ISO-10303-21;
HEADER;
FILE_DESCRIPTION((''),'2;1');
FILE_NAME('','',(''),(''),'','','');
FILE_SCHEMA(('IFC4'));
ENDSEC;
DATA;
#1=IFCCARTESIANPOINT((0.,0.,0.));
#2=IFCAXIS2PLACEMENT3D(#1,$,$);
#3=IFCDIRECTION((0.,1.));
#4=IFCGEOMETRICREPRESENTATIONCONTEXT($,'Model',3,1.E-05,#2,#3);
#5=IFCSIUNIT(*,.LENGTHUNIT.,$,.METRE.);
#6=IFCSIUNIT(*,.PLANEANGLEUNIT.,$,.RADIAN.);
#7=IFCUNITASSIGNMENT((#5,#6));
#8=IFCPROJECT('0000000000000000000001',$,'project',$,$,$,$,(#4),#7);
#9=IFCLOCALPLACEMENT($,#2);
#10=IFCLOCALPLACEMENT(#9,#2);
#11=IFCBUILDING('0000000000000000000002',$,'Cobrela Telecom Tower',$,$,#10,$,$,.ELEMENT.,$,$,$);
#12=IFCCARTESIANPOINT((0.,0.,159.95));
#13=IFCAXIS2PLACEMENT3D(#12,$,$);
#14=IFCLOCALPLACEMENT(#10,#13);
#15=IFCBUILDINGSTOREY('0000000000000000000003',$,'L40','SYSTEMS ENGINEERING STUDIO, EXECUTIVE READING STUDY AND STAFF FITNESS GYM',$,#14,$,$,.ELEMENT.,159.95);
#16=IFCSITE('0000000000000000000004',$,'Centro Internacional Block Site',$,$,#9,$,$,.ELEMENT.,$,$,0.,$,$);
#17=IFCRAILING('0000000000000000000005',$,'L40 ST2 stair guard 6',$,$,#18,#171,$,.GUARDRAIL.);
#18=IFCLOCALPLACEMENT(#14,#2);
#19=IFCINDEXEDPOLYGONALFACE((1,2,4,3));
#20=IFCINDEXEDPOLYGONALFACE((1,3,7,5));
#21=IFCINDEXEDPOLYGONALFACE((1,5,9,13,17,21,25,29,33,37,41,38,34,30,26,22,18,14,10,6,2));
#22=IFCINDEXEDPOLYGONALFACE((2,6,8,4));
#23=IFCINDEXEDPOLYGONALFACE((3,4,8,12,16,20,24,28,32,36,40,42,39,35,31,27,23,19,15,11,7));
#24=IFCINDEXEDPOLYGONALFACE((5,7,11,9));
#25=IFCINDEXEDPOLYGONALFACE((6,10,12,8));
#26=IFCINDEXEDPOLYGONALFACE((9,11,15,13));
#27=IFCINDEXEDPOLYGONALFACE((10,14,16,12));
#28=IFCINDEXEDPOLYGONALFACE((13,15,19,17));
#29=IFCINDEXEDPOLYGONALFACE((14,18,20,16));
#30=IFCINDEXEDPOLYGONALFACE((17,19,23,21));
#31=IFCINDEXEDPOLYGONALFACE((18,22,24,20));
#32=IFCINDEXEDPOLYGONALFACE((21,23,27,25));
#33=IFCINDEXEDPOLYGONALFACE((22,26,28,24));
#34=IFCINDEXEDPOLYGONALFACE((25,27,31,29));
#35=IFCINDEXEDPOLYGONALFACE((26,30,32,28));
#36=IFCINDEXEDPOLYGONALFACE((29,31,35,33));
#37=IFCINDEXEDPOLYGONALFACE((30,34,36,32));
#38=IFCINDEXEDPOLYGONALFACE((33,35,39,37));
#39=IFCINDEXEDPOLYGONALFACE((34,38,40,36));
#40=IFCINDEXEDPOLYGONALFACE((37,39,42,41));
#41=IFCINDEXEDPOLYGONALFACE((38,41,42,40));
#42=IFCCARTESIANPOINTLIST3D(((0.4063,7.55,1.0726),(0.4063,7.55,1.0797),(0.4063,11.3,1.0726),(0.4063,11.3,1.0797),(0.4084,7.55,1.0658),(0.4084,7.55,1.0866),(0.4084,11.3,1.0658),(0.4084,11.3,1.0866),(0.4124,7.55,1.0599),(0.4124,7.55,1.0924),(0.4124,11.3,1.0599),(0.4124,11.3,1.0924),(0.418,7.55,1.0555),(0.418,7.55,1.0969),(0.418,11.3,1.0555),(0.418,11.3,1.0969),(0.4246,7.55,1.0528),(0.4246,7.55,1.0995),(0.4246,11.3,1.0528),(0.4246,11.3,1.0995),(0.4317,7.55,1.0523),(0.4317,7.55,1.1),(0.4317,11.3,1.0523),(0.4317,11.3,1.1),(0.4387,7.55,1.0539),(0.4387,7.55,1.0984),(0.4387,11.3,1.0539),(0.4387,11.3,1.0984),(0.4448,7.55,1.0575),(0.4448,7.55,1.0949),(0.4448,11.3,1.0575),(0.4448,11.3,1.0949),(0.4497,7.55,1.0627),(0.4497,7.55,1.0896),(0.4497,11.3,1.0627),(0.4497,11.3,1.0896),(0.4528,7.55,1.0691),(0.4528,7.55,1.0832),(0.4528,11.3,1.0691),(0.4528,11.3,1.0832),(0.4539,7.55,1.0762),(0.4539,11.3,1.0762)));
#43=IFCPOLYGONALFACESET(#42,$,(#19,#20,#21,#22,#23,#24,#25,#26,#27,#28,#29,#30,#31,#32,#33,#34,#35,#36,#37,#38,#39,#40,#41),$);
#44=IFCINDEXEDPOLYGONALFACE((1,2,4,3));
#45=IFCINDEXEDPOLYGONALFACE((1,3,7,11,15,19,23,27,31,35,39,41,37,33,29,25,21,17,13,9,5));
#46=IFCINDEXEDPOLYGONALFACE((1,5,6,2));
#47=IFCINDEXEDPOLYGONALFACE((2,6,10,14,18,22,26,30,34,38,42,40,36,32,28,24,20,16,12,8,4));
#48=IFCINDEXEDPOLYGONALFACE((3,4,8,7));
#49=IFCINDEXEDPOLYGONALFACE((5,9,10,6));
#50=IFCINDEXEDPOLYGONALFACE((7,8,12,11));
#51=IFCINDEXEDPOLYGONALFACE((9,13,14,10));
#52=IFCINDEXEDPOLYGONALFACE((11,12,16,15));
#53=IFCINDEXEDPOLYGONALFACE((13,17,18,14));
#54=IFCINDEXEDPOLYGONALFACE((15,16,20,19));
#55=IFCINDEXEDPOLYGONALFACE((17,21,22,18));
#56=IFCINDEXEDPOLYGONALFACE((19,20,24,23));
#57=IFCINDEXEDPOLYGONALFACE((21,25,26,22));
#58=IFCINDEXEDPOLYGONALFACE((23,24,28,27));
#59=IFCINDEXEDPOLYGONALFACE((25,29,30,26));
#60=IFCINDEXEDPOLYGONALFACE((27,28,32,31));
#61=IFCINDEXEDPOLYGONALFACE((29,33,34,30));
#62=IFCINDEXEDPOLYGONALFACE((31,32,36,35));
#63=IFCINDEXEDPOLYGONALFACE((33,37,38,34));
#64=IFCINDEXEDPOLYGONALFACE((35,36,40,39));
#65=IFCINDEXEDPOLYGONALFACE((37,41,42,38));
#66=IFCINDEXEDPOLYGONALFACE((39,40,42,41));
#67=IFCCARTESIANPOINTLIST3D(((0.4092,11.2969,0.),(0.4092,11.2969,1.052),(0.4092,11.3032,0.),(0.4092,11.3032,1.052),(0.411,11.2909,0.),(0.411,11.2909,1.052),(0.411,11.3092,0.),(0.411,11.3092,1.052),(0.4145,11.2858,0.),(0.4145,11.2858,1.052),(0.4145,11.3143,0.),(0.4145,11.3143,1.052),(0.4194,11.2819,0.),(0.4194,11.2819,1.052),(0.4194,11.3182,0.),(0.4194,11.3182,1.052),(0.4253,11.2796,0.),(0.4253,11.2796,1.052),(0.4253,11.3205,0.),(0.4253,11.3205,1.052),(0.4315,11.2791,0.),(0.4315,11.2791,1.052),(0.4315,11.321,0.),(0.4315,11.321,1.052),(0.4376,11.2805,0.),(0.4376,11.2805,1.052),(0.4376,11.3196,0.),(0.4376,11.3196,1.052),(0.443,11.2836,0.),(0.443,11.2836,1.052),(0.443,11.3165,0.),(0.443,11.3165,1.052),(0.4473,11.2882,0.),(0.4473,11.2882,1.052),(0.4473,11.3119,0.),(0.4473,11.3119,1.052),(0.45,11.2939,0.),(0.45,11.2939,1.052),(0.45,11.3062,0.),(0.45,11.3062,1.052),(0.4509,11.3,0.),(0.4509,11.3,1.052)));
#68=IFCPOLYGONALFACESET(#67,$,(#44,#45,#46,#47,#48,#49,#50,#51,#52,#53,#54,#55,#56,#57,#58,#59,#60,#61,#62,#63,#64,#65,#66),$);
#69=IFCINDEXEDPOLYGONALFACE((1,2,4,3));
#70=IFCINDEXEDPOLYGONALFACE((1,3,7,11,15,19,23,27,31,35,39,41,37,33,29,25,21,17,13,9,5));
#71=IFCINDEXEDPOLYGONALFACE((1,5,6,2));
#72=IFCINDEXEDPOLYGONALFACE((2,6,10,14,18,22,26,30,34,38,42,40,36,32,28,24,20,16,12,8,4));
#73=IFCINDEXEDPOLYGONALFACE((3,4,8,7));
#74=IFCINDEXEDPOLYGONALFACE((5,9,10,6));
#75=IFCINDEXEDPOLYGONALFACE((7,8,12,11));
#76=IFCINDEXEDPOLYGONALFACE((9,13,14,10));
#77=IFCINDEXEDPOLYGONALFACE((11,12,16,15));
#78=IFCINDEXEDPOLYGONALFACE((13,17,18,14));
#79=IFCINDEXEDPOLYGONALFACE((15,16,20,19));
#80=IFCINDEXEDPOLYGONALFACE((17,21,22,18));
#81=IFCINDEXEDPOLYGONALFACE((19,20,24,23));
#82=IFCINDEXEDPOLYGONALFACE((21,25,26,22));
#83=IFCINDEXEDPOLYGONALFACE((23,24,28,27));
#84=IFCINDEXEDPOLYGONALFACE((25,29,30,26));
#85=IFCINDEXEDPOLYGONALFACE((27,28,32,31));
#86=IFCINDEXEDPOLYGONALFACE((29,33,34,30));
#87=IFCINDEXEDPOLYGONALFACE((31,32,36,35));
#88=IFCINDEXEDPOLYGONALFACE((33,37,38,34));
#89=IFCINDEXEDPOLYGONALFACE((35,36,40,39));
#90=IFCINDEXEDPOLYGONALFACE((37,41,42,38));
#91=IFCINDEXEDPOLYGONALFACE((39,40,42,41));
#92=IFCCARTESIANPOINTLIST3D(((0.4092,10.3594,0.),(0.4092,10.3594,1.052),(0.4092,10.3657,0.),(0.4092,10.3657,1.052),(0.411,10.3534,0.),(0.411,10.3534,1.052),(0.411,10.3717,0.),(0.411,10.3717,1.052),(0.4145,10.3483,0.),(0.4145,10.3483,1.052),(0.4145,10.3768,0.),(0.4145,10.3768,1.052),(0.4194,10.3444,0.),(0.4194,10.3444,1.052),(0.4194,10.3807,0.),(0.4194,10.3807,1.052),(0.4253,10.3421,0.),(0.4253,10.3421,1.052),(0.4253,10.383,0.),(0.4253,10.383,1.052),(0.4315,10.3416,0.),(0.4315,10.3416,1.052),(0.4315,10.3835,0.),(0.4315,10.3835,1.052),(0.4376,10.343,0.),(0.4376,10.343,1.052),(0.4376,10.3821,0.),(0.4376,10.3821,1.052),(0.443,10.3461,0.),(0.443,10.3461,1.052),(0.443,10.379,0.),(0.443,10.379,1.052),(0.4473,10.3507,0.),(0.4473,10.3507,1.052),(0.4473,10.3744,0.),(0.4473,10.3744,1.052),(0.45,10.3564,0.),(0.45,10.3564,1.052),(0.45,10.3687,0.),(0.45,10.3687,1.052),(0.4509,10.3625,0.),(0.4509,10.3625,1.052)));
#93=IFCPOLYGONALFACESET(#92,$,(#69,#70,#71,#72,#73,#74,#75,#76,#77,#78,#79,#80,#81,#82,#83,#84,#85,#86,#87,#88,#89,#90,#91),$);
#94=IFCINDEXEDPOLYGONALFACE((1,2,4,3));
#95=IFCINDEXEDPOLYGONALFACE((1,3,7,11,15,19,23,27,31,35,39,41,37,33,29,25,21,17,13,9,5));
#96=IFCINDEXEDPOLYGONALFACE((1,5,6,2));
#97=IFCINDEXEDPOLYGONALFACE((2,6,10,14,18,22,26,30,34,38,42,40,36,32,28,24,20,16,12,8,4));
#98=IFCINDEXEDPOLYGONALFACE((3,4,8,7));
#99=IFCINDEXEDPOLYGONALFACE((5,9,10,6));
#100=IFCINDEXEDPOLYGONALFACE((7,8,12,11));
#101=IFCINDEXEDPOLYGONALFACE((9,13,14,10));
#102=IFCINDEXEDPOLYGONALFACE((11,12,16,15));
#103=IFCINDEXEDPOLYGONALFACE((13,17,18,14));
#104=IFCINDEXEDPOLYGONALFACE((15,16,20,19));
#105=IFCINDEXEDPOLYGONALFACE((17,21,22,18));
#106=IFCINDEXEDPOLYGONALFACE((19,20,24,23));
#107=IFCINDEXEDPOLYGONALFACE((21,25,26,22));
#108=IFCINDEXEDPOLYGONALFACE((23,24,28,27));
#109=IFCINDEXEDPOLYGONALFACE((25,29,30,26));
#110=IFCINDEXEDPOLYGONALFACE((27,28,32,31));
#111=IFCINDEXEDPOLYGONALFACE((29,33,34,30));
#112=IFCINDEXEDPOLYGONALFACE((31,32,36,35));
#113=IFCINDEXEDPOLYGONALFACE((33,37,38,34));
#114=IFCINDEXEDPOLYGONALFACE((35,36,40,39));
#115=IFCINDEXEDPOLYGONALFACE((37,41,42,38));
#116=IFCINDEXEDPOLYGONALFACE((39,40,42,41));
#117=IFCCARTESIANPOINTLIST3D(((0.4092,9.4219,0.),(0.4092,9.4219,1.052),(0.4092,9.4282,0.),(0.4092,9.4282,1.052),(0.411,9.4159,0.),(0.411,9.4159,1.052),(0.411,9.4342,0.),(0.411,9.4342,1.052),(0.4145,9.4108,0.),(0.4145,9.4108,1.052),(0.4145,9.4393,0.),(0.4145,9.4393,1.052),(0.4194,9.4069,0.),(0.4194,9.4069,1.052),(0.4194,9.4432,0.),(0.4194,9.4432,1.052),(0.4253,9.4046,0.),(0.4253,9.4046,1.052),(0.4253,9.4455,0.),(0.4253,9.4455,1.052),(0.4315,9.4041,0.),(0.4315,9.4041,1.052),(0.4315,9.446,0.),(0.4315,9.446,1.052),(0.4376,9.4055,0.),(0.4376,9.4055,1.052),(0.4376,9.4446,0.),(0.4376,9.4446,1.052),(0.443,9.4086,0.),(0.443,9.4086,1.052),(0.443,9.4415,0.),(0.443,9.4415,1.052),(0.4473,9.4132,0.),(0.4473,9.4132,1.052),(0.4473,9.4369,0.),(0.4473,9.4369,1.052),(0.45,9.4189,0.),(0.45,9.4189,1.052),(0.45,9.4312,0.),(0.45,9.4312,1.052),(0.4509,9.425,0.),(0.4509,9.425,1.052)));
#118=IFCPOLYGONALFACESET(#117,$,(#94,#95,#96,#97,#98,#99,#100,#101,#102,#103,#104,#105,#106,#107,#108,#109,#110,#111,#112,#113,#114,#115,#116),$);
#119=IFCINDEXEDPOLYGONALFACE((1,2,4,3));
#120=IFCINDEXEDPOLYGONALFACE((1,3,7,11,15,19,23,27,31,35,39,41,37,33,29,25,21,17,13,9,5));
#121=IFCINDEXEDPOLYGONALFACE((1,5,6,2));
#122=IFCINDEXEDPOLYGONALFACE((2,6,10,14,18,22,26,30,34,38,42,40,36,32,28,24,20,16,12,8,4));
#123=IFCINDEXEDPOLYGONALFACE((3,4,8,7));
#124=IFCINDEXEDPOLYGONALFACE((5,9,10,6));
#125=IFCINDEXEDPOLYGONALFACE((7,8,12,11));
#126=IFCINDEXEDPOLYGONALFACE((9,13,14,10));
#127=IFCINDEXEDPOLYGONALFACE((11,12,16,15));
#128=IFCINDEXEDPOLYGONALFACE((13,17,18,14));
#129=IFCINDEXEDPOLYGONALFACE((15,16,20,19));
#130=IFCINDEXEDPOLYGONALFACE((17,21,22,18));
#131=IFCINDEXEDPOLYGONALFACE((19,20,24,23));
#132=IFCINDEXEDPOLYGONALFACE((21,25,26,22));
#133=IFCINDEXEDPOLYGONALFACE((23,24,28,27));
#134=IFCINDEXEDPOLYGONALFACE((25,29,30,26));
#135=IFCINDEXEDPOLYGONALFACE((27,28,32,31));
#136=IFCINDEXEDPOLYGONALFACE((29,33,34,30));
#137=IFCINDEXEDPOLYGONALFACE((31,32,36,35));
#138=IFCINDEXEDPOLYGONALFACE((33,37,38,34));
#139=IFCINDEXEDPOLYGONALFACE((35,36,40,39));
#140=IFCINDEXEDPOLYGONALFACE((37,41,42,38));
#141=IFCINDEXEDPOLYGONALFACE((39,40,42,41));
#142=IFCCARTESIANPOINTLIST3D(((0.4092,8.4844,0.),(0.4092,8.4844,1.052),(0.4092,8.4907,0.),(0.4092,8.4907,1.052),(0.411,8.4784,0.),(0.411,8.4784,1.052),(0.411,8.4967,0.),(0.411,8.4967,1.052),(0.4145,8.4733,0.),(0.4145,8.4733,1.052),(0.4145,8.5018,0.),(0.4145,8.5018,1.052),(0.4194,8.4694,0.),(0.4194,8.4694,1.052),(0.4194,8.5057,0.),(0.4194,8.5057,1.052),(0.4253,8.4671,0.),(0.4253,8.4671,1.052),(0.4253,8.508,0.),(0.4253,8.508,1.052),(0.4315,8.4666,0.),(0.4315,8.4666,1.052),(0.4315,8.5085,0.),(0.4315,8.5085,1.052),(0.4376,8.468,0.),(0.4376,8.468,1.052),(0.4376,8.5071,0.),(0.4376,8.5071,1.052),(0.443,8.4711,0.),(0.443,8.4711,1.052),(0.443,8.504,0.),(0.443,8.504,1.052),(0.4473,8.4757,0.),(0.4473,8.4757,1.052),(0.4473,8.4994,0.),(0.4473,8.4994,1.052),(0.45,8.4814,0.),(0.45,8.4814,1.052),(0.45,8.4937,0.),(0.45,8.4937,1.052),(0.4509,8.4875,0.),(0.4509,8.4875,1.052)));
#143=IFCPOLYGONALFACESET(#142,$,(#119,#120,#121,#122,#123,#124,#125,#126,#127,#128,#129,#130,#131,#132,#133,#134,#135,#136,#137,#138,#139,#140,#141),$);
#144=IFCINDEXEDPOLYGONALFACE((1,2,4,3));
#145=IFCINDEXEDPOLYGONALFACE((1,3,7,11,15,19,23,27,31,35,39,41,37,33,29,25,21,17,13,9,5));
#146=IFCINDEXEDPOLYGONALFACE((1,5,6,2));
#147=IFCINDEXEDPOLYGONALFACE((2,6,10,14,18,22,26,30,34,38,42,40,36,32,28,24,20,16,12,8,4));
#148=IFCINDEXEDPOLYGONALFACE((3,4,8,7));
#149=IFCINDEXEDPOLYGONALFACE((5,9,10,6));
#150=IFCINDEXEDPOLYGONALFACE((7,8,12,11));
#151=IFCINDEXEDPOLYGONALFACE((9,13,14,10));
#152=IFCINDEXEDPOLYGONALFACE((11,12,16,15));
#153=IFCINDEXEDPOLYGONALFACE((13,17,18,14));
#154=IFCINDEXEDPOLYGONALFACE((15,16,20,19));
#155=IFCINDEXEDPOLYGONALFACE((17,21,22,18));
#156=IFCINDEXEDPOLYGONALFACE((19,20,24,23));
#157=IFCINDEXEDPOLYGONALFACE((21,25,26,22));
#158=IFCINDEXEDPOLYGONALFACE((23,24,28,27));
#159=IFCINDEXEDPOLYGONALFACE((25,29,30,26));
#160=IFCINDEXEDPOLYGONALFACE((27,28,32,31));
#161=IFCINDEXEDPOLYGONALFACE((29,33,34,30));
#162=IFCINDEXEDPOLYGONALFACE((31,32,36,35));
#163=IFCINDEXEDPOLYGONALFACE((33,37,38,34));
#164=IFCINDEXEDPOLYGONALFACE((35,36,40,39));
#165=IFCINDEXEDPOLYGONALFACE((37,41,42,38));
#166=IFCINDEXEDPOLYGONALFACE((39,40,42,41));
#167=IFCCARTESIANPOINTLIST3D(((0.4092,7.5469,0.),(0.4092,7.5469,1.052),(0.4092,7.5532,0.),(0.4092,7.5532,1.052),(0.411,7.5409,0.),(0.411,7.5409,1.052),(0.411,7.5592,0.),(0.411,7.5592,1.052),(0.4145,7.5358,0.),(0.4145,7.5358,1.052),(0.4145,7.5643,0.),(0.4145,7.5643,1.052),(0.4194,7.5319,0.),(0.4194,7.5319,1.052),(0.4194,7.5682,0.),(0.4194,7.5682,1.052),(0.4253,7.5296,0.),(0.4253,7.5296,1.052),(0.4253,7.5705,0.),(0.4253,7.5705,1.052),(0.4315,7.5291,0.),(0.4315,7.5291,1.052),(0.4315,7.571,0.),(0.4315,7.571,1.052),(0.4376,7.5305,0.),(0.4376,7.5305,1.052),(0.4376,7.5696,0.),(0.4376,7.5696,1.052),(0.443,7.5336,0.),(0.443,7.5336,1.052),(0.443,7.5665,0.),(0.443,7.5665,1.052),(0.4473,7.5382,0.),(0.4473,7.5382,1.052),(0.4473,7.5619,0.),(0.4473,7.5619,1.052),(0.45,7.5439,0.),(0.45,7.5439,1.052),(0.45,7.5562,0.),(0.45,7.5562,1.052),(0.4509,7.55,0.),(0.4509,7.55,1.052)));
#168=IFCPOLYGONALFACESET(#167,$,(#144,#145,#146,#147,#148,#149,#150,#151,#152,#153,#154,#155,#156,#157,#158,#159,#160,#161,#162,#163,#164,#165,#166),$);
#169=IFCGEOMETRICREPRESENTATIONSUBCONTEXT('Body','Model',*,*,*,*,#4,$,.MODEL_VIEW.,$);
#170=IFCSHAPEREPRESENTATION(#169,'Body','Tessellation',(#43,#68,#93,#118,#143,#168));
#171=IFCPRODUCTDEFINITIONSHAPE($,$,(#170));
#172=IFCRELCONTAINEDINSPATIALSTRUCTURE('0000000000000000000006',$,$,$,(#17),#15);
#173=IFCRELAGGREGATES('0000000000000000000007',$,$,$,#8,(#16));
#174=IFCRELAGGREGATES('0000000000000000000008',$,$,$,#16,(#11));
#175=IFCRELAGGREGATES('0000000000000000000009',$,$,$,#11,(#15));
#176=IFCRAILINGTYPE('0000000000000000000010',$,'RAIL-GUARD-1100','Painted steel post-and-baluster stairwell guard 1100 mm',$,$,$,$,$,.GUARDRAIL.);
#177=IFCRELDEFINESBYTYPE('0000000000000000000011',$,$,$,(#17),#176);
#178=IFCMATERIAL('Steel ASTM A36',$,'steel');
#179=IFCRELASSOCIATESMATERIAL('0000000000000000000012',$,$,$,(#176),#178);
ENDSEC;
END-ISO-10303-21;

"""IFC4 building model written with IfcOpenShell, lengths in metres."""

from ifc_helpers import new_model, si_unit, direction, frame, origin, origin_2d, place, context, subcontext, project, spatial, circle, extrude, material, type_object, element, save


model = new_model("IFC4")

# Units and contexts
model_context = context("Model", 3, precision=1e-05, world=origin(), true_north=direction((0.0, 1.0)))
body_context = subcontext(model_context, "Body", "Model", "MODEL_VIEW")
ifc_project = project(units=[si_unit("LENGTHUNIT", "METRE"), si_unit("PLANEANGLEUNIT", "RADIAN")], contexts=[model_context])

# Site, building, storey
site_placement = place(None, origin())
site = spatial("IfcSite", under=ifc_project, at=site_placement, Name="Centro Internacional Block Site", CompositionType="ELEMENT", RefElevation=0.0)
building_placement = place(site_placement, origin())
building = spatial("IfcBuilding", under=site, at=building_placement, Name="Cobrela Telecom Tower", CompositionType="ELEMENT")
storey_placement = place(building_placement, frame((0.0, 0.0, 159.95)))
storey = spatial("IfcBuildingStorey", under=building, at=storey_placement, Name="L40", Description="SYSTEMS ENGINEERING STUDIO, EXECUTIVE READING STUDY AND STAFF FITNESS GYM", CompositionType="ELEMENT", Elevation=159.95)

# Shared definitions
ifc_material_1 = material(Name="Steel ASTM A36", Category="steel")

# Railing
railing_type_1 = type_object("IfcRailingType", Name="RAIL-GUARD-1100", Description="Painted steel post-and-baluster stairwell guard 1100 mm", PredefinedType="GUARDRAIL", material=ifc_material_1)
railing_1_placement = place(storey_placement, frame((0.4299, 11.3, 0.0)))
element("IfcRailing", 1, at=railing_1_placement, inside=storey, type_object=railing_type_1, Name="L40 ST2 stair guard 6", PredefinedType="GUARDRAIL", context=body_context, shape_type="SweptSolid", body=[
    extrude(circle(Radius=0.0239, at=origin_2d()), frame((0.0, 0.0, 1.0762), z_axis=(0.0, -1.0, 0.0), x_axis=(1.0, 0.0, 0.0)), (0.0, 0.0, 1.0), 3.75),
    extrude(circle(Radius=0.021, at=origin_2d()), origin(), (0.0, 0.0, 1.0), 1.052),
    extrude(circle(Radius=0.021, at=origin_2d()), frame((0.0, -0.9375, 0.0)), (0.0, 0.0, 1.0), 1.052),
    extrude(circle(Radius=0.021, at=origin_2d()), frame((0.0, -1.875, 0.0)), (0.0, 0.0, 1.0), 1.052),
    extrude(circle(Radius=0.021, at=origin_2d()), frame((0.0, -2.8125, 0.0)), (0.0, 0.0, 1.0), 1.052),
    extrude(circle(Radius=0.021, at=origin_2d()), frame((0.0, -3.75, 0.0)), (0.0, 0.0, 1.0), 1.052),
])

save(model, "model.ifc")
